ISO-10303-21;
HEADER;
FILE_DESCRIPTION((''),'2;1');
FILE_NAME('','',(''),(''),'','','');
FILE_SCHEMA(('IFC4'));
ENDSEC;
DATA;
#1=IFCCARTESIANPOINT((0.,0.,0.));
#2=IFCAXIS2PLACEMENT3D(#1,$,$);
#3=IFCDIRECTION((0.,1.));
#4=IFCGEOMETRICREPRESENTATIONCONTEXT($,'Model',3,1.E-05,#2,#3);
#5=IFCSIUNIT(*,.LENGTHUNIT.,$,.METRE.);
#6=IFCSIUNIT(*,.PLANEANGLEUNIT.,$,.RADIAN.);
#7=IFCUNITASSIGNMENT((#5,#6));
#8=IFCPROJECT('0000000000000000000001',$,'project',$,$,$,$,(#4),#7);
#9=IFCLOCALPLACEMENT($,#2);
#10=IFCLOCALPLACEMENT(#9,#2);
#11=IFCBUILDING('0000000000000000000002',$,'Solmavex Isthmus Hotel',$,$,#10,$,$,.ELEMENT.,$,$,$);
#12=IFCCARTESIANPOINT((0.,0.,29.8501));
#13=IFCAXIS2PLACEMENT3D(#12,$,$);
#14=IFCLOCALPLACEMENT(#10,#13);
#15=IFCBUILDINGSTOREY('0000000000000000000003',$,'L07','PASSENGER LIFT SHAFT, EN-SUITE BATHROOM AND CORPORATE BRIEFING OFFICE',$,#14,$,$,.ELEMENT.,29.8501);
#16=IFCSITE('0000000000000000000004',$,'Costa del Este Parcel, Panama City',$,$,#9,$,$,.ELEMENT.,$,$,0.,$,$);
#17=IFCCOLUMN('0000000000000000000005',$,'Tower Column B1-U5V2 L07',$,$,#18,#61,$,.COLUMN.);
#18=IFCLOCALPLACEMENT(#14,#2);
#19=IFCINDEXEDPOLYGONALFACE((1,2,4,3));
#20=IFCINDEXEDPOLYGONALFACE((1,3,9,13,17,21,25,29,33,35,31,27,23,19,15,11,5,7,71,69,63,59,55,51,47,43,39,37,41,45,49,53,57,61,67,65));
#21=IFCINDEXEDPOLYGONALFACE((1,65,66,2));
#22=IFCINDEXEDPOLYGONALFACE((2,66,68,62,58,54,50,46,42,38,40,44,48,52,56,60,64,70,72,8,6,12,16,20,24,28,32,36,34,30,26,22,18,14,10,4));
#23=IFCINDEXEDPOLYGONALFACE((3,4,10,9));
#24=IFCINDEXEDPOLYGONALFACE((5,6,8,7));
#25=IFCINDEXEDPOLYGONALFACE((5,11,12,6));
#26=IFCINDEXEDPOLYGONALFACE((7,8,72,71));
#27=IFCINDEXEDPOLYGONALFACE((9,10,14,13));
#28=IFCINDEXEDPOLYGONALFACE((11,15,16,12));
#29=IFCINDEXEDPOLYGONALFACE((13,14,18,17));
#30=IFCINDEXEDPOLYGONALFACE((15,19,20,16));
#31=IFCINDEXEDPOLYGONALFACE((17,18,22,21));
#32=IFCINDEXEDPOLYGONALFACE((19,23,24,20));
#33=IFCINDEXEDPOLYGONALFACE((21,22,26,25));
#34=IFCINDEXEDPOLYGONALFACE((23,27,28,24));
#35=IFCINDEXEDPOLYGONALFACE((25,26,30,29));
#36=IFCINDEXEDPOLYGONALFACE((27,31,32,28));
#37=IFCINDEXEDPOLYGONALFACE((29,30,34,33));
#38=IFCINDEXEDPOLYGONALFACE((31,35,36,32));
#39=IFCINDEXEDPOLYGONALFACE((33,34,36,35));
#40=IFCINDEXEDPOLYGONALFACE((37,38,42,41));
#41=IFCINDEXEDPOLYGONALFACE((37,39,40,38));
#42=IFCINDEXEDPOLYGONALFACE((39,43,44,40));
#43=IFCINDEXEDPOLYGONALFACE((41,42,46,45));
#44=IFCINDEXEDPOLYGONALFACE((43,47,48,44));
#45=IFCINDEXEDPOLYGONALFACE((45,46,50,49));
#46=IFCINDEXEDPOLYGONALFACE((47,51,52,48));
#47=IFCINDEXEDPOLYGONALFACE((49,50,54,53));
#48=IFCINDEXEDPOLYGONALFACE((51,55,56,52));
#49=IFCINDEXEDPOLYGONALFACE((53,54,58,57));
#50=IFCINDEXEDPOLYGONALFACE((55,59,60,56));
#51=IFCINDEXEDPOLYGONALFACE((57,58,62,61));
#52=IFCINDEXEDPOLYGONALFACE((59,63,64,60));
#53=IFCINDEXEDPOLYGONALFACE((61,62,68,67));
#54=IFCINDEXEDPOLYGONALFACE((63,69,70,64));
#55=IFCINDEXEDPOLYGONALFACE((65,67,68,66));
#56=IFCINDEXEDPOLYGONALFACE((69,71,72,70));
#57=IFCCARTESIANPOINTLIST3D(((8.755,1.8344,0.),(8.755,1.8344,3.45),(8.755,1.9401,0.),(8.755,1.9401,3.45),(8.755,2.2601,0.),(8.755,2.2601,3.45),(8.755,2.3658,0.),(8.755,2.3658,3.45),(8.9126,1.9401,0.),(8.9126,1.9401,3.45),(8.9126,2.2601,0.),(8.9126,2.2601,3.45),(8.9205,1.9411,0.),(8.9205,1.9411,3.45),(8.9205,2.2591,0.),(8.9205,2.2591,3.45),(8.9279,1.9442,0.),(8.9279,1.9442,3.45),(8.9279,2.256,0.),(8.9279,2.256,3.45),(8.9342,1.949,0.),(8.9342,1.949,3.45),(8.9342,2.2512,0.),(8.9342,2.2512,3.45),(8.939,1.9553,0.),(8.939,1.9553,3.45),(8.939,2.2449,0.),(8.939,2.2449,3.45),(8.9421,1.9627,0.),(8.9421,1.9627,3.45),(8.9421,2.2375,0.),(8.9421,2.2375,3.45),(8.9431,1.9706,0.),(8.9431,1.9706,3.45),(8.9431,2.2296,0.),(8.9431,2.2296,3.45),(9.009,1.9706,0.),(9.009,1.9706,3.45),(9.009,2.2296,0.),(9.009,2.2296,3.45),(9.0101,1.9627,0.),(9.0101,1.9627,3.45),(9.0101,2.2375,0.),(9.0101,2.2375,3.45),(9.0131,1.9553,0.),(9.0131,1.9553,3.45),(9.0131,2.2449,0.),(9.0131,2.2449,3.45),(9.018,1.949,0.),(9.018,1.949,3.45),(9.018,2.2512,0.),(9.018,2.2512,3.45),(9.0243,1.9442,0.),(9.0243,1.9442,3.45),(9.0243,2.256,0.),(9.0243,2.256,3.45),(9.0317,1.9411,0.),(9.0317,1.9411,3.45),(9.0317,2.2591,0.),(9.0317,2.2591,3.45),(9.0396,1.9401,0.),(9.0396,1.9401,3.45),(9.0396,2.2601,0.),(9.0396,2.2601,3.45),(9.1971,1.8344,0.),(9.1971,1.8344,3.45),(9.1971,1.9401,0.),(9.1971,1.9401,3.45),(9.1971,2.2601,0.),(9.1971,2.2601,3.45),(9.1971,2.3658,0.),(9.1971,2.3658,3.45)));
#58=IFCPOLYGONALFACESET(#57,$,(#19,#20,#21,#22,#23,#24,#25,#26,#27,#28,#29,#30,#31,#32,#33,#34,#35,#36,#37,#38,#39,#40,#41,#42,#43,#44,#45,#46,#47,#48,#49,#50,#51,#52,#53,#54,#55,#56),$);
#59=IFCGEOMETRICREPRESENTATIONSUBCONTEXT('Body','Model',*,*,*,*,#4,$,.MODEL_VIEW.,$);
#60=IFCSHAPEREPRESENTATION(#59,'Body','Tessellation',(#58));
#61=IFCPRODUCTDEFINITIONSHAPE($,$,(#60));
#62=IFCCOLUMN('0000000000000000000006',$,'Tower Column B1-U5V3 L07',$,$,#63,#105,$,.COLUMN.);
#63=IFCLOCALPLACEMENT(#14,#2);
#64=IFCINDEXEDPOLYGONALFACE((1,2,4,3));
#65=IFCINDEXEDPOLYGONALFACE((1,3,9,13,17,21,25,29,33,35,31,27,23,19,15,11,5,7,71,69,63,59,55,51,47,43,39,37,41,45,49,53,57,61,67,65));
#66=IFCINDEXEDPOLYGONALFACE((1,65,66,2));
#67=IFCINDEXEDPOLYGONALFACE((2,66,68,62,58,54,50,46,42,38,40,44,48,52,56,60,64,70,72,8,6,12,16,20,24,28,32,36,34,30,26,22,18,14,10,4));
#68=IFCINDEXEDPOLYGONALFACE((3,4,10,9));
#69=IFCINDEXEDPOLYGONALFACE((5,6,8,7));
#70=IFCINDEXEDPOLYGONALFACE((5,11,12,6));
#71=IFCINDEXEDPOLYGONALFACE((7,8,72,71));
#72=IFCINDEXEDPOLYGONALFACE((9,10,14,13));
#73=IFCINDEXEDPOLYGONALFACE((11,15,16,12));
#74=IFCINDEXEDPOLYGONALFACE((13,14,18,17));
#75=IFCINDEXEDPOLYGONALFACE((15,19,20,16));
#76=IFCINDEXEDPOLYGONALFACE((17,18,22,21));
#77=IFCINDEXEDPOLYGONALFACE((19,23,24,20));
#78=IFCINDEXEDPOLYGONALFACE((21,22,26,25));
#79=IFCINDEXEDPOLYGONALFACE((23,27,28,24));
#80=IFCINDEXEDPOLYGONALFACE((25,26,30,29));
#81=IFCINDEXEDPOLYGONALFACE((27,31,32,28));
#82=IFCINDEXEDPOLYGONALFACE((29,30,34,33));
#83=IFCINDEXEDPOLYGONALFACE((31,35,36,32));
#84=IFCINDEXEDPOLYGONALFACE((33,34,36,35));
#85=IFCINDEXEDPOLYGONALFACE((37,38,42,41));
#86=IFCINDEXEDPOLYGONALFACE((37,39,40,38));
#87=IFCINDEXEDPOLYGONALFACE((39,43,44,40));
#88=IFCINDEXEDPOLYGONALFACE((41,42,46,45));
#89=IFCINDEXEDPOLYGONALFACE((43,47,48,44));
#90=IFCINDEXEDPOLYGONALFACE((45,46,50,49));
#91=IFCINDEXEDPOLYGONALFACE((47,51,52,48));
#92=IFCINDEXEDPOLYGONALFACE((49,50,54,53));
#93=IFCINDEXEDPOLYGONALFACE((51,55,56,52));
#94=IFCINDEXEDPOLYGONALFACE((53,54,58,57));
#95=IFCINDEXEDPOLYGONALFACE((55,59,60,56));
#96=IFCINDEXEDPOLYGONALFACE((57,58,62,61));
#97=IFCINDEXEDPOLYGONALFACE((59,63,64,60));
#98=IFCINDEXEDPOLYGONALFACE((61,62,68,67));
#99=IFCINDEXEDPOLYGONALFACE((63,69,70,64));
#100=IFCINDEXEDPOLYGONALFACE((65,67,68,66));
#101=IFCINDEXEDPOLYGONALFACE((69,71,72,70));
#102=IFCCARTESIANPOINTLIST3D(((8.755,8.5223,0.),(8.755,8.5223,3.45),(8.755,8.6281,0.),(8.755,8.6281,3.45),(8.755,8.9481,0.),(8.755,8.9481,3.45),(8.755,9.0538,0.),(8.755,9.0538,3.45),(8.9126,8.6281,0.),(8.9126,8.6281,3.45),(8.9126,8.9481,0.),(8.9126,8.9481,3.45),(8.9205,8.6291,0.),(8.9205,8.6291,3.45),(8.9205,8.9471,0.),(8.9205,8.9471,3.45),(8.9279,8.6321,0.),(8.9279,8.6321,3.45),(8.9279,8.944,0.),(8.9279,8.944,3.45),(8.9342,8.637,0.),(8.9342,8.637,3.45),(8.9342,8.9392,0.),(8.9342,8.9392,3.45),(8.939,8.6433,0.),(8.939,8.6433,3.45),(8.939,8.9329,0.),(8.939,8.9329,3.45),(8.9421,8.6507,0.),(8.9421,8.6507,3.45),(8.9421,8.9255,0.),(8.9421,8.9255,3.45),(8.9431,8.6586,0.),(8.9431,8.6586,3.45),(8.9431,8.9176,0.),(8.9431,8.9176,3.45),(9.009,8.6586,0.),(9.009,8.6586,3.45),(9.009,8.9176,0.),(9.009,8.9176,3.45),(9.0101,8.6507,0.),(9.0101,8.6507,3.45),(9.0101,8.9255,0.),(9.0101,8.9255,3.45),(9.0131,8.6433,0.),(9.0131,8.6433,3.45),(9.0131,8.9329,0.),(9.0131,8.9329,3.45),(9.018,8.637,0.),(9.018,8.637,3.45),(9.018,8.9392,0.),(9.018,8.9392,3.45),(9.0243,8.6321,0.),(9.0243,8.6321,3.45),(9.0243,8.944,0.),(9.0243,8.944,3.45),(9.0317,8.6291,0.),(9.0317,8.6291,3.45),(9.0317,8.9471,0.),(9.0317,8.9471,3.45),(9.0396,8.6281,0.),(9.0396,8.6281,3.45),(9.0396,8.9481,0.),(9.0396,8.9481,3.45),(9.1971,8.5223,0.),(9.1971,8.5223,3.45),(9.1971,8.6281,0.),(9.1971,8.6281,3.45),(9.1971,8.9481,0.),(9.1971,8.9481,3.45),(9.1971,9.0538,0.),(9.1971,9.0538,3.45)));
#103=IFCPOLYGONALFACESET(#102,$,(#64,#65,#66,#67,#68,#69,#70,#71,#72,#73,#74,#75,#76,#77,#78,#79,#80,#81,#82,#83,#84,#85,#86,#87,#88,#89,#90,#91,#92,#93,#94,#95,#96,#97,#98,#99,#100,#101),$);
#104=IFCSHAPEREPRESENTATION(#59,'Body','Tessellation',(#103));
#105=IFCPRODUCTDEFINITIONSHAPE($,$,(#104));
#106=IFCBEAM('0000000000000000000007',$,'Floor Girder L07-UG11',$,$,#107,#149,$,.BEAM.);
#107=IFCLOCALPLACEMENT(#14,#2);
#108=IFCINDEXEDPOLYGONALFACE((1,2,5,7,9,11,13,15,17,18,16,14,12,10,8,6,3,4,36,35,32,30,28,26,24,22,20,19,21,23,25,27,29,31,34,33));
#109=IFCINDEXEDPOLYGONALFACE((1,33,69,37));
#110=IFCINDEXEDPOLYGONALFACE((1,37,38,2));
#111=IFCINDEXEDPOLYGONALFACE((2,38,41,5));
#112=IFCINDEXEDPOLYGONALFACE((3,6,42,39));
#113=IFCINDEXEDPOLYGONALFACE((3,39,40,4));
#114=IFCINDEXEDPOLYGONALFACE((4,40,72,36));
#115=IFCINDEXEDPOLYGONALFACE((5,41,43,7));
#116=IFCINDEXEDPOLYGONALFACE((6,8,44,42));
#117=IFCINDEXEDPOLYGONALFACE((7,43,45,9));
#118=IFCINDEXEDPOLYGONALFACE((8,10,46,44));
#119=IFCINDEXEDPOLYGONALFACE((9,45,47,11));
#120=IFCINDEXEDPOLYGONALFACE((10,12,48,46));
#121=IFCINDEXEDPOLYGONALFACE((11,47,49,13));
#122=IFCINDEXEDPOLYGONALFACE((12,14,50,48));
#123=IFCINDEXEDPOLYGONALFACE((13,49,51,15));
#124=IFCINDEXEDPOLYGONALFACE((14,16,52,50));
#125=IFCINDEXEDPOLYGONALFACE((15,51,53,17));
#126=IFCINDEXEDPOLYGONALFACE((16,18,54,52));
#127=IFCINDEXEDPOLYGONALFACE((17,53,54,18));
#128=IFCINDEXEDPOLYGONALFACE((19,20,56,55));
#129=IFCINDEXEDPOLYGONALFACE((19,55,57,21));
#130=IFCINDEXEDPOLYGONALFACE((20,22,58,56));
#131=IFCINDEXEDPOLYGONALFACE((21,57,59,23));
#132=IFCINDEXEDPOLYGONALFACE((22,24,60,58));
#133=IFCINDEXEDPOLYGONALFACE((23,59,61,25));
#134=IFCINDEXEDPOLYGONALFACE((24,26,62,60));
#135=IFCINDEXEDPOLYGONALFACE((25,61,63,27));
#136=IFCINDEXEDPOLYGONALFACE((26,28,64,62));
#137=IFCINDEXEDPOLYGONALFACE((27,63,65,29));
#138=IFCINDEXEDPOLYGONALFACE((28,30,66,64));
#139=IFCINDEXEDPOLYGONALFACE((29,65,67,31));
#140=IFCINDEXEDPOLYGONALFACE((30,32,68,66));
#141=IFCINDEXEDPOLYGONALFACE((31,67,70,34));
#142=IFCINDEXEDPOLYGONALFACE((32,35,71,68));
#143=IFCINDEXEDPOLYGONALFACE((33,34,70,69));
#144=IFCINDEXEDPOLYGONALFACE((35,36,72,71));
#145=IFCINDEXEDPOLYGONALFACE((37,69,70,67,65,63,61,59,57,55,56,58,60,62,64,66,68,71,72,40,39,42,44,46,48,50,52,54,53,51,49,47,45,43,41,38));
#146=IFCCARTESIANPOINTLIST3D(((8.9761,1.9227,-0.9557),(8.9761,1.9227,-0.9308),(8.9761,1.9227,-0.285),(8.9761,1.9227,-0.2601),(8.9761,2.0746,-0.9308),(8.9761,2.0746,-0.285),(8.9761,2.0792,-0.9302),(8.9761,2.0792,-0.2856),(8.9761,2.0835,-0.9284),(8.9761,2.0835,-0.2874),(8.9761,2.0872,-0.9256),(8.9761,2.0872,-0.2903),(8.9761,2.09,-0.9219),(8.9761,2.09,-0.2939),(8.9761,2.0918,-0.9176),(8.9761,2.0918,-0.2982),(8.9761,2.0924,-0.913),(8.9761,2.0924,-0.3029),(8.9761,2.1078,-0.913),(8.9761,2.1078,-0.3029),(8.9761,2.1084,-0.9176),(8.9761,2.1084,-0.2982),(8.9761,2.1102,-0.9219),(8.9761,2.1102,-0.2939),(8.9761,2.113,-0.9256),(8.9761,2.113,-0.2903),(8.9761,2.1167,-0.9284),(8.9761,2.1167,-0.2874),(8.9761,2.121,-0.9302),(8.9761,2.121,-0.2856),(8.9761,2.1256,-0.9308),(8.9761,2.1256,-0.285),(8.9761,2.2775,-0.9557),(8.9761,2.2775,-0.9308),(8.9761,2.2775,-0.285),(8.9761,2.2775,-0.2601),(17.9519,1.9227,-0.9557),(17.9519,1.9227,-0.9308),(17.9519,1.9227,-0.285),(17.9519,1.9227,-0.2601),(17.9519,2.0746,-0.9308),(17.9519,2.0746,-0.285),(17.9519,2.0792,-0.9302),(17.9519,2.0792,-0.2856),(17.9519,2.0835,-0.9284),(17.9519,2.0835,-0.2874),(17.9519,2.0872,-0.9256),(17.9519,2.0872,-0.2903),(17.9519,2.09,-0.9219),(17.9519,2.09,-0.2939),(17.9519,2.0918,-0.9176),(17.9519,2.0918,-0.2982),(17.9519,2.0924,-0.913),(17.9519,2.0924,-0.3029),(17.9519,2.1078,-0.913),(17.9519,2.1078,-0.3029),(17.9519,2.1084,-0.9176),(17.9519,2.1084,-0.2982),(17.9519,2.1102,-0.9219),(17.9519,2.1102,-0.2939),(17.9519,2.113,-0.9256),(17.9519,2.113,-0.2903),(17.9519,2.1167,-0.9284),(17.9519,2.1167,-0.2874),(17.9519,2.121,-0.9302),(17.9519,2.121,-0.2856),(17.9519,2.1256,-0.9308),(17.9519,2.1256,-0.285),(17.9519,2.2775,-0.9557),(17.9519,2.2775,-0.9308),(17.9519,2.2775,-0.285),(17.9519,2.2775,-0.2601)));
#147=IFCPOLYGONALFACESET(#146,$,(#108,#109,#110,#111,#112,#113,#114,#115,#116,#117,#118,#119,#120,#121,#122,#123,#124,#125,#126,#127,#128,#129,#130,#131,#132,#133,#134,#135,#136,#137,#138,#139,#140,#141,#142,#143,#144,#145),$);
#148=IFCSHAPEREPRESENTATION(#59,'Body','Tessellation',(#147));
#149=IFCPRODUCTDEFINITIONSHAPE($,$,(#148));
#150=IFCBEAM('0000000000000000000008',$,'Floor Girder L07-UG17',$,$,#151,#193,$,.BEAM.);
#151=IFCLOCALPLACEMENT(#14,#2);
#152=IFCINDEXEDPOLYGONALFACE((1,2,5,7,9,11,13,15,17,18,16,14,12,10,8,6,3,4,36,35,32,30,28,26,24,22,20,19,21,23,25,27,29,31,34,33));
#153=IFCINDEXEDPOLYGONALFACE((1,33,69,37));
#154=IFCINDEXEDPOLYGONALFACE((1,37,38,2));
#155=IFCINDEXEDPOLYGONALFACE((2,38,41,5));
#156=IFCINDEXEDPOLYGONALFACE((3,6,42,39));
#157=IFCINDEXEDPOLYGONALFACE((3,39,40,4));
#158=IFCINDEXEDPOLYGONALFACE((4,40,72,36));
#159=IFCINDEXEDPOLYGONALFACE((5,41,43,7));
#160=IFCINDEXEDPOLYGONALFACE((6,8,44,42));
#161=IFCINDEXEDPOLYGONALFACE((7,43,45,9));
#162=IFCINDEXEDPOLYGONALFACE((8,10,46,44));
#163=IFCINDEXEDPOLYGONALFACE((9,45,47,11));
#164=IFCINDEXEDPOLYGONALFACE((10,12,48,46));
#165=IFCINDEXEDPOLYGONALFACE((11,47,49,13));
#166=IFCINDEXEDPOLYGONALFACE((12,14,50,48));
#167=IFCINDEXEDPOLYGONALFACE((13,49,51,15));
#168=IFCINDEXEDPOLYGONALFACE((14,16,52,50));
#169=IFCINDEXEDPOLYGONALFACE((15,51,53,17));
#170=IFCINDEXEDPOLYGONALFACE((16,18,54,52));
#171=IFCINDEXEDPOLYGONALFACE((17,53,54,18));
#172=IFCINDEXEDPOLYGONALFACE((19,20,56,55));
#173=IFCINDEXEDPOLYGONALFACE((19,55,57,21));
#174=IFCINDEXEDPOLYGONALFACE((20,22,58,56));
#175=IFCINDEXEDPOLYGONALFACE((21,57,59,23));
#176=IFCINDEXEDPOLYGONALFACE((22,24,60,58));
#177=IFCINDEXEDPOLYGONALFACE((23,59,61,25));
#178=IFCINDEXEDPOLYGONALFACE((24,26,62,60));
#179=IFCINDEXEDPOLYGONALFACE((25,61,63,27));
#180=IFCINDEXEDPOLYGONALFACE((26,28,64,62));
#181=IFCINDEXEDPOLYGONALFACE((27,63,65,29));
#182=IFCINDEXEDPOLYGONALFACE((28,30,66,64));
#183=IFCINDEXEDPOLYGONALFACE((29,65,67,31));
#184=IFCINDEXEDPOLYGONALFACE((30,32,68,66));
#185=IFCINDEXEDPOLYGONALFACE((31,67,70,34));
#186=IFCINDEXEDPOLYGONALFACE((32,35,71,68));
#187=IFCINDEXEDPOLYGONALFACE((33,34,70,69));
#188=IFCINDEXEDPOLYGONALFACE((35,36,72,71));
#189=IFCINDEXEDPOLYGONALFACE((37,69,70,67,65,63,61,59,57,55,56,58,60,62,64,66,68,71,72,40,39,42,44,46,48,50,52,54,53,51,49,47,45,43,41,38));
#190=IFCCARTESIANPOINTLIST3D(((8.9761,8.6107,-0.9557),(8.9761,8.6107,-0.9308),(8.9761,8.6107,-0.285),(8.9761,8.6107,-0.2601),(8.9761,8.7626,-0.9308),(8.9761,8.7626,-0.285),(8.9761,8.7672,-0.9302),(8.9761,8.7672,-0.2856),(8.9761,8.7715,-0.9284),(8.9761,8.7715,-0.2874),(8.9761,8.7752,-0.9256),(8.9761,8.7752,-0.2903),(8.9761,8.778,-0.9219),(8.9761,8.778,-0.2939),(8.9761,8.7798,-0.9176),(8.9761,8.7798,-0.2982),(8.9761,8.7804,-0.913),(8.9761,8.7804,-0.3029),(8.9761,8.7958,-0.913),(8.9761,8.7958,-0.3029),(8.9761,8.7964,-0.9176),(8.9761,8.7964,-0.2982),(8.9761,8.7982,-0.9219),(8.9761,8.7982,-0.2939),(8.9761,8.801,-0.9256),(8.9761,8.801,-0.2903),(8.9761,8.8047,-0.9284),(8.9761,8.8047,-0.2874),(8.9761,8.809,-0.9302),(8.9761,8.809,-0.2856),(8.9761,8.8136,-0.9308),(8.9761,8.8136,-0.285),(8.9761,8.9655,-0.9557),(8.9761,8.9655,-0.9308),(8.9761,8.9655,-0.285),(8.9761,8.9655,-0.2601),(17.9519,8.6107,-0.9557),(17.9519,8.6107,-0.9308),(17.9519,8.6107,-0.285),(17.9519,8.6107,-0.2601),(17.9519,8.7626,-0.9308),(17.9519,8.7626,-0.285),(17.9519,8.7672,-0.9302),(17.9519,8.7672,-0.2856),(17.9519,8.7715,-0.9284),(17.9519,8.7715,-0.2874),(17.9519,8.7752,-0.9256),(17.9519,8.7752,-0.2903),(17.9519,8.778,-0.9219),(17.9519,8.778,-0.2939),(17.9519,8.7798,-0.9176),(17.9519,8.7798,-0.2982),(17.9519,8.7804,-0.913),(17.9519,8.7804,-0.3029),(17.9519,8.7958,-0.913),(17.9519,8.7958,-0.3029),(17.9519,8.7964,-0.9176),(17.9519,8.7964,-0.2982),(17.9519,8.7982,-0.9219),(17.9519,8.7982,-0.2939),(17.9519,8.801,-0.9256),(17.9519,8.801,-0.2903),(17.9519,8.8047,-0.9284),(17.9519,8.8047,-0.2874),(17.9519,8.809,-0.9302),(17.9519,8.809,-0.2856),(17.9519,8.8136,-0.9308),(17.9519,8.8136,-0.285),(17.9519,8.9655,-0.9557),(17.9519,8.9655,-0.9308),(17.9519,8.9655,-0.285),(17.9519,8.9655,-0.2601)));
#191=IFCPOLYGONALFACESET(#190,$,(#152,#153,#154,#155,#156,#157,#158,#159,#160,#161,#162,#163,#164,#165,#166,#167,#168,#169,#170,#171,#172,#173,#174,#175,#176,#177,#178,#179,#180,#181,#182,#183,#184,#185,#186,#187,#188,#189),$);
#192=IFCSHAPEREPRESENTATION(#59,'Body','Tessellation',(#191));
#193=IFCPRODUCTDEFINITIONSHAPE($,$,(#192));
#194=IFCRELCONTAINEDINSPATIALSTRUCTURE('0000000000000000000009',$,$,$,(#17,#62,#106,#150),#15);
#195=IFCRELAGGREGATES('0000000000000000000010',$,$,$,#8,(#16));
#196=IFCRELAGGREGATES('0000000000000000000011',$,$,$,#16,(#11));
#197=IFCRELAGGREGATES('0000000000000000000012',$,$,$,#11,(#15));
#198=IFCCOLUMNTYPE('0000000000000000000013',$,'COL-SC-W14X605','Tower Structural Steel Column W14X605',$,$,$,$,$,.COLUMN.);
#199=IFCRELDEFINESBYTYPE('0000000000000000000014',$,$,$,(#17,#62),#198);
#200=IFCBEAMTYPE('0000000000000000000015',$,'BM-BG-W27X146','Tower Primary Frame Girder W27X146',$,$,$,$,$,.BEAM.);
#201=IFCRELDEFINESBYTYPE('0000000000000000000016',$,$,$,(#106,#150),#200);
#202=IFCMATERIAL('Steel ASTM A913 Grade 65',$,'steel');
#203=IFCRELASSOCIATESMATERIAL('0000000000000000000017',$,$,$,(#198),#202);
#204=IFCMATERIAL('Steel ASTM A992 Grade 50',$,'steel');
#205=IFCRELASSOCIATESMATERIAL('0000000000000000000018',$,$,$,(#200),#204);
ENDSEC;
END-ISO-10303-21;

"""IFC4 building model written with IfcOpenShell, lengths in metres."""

from ifc_helpers import new_model, si_unit, direction, frame, origin, origin_2d, place, context, subcontext, project, spatial, i_section, extrude, material, material_profile, profile_set, type_object, element, save


model = new_model("IFC4")

# Units and contexts
model_context = context("Model", 3, precision=1e-05, world=origin(), true_north=direction((0.0, 1.0)))
body_context = subcontext(model_context, "Body", "Model", "MODEL_VIEW")
ifc_project = project(units=[si_unit("LENGTHUNIT", "METRE"), si_unit("PLANEANGLEUNIT", "RADIAN")], contexts=[model_context])

# Site, building, storey
site_placement = place(None, origin())
site = spatial("IfcSite", under=ifc_project, at=site_placement, Name="Costa del Este Parcel, Panama City", CompositionType="ELEMENT", RefElevation=0.0)
building_placement = place(site_placement, origin())
building = spatial("IfcBuilding", under=site, at=building_placement, Name="Solmavex Isthmus Hotel", CompositionType="ELEMENT")
storey_placement = place(building_placement, frame((0.0, 0.0, 29.8501)))
storey = spatial("IfcBuildingStorey", under=building, at=storey_placement, Name="L07", Description="PASSENGER LIFT SHAFT, EN-SUITE BATHROOM AND CORPORATE BRIEFING OFFICE", CompositionType="ELEMENT", Elevation=29.8501)

# Columns
ifc_material_1 = material(Name="Steel ASTM A913 Grade 65", Category="steel")
ifc_material_profile_1 = material_profile(ifc_material_1, i_section(OverallWidth=0.4421, OverallDepth=0.5315, WebThickness=0.0659, FlangeThickness=0.1057, FilletRadius=0.0305, at=origin_2d()), Name="W14X605")
ifc_profile_set_1 = profile_set([ifc_material_profile_1], Name="Steel ASTM A913 Grade 65")
column_type = type_object("IfcColumnType", Name="COL-SC-W14X605", Description="Tower Structural Steel Column W14X605", PredefinedType="COLUMN", material=ifc_profile_set_1)
for number, where, z_axis, x_axis, name in (
    (1, (8.9761, 2.1001, 0.0), (0.0, 0.0, 1.0), (1.0, 0.0, 0.0), "Tower Column B1-U5V2 L07"),
    (2, (8.9761, 8.7881, 0.0), (0.0, 0.0, 1.0), (1.0, 0.0, 0.0), "Tower Column B1-U5V3 L07"),
):
    element("IfcColumn", number, at=place(storey_placement, frame(where, z_axis=z_axis, x_axis=x_axis)), inside=storey, type_object=column_type, Name=name, PredefinedType="COLUMN", context=body_context, shape_type="SweptSolid", body=[
        extrude(i_section(OverallWidth=0.4421, OverallDepth=0.5315, WebThickness=0.0659, FlangeThickness=0.1057, FilletRadius=0.0305, at=origin_2d()), origin(), (0.0, 0.0, 1.0), 3.45),
    ])

# Beams
ifc_material_2 = material(Name="Steel ASTM A992 Grade 50", Category="steel")
ifc_material_profile_2 = material_profile(ifc_material_2, i_section(OverallWidth=0.3547, OverallDepth=0.6956, WebThickness=0.0154, FlangeThickness=0.0249, FilletRadius=0.0178, at=origin_2d()), Name="W27X146")
ifc_profile_set_2 = profile_set([ifc_material_profile_2], Name="Steel ASTM A992 Grade 50")
beam_type_1 = type_object("IfcBeamType", Name="BM-BG-W27X146", Description="Tower Primary Frame Girder W27X146", PredefinedType="BEAM", material=ifc_profile_set_2)
for number, where, z_axis, x_axis, name in (
    (3, (8.9761, 2.1001, -0.6079), (1.0, 0.0, 0.0), (0.0, 1.0, 0.0), "Floor Girder L07-UG11"),
    (4, (8.9761, 8.7881, -0.6079), (1.0, 0.0, 0.0), (0.0, 1.0, 0.0), "Floor Girder L07-UG17"),
):
    element("IfcBeam", number, at=place(storey_placement, frame(where, z_axis=z_axis, x_axis=x_axis)), inside=storey, type_object=beam_type_1, Name=name, PredefinedType="BEAM", context=body_context, shape_type="SweptSolid", body=[
        extrude(i_section(OverallWidth=0.3547, OverallDepth=0.6956, WebThickness=0.0154, FlangeThickness=0.0249, FilletRadius=0.0178, at=origin_2d()), origin(), (0.0, 0.0, 1.0), 8.9758),
    ])

save(model, "model.ifc")
